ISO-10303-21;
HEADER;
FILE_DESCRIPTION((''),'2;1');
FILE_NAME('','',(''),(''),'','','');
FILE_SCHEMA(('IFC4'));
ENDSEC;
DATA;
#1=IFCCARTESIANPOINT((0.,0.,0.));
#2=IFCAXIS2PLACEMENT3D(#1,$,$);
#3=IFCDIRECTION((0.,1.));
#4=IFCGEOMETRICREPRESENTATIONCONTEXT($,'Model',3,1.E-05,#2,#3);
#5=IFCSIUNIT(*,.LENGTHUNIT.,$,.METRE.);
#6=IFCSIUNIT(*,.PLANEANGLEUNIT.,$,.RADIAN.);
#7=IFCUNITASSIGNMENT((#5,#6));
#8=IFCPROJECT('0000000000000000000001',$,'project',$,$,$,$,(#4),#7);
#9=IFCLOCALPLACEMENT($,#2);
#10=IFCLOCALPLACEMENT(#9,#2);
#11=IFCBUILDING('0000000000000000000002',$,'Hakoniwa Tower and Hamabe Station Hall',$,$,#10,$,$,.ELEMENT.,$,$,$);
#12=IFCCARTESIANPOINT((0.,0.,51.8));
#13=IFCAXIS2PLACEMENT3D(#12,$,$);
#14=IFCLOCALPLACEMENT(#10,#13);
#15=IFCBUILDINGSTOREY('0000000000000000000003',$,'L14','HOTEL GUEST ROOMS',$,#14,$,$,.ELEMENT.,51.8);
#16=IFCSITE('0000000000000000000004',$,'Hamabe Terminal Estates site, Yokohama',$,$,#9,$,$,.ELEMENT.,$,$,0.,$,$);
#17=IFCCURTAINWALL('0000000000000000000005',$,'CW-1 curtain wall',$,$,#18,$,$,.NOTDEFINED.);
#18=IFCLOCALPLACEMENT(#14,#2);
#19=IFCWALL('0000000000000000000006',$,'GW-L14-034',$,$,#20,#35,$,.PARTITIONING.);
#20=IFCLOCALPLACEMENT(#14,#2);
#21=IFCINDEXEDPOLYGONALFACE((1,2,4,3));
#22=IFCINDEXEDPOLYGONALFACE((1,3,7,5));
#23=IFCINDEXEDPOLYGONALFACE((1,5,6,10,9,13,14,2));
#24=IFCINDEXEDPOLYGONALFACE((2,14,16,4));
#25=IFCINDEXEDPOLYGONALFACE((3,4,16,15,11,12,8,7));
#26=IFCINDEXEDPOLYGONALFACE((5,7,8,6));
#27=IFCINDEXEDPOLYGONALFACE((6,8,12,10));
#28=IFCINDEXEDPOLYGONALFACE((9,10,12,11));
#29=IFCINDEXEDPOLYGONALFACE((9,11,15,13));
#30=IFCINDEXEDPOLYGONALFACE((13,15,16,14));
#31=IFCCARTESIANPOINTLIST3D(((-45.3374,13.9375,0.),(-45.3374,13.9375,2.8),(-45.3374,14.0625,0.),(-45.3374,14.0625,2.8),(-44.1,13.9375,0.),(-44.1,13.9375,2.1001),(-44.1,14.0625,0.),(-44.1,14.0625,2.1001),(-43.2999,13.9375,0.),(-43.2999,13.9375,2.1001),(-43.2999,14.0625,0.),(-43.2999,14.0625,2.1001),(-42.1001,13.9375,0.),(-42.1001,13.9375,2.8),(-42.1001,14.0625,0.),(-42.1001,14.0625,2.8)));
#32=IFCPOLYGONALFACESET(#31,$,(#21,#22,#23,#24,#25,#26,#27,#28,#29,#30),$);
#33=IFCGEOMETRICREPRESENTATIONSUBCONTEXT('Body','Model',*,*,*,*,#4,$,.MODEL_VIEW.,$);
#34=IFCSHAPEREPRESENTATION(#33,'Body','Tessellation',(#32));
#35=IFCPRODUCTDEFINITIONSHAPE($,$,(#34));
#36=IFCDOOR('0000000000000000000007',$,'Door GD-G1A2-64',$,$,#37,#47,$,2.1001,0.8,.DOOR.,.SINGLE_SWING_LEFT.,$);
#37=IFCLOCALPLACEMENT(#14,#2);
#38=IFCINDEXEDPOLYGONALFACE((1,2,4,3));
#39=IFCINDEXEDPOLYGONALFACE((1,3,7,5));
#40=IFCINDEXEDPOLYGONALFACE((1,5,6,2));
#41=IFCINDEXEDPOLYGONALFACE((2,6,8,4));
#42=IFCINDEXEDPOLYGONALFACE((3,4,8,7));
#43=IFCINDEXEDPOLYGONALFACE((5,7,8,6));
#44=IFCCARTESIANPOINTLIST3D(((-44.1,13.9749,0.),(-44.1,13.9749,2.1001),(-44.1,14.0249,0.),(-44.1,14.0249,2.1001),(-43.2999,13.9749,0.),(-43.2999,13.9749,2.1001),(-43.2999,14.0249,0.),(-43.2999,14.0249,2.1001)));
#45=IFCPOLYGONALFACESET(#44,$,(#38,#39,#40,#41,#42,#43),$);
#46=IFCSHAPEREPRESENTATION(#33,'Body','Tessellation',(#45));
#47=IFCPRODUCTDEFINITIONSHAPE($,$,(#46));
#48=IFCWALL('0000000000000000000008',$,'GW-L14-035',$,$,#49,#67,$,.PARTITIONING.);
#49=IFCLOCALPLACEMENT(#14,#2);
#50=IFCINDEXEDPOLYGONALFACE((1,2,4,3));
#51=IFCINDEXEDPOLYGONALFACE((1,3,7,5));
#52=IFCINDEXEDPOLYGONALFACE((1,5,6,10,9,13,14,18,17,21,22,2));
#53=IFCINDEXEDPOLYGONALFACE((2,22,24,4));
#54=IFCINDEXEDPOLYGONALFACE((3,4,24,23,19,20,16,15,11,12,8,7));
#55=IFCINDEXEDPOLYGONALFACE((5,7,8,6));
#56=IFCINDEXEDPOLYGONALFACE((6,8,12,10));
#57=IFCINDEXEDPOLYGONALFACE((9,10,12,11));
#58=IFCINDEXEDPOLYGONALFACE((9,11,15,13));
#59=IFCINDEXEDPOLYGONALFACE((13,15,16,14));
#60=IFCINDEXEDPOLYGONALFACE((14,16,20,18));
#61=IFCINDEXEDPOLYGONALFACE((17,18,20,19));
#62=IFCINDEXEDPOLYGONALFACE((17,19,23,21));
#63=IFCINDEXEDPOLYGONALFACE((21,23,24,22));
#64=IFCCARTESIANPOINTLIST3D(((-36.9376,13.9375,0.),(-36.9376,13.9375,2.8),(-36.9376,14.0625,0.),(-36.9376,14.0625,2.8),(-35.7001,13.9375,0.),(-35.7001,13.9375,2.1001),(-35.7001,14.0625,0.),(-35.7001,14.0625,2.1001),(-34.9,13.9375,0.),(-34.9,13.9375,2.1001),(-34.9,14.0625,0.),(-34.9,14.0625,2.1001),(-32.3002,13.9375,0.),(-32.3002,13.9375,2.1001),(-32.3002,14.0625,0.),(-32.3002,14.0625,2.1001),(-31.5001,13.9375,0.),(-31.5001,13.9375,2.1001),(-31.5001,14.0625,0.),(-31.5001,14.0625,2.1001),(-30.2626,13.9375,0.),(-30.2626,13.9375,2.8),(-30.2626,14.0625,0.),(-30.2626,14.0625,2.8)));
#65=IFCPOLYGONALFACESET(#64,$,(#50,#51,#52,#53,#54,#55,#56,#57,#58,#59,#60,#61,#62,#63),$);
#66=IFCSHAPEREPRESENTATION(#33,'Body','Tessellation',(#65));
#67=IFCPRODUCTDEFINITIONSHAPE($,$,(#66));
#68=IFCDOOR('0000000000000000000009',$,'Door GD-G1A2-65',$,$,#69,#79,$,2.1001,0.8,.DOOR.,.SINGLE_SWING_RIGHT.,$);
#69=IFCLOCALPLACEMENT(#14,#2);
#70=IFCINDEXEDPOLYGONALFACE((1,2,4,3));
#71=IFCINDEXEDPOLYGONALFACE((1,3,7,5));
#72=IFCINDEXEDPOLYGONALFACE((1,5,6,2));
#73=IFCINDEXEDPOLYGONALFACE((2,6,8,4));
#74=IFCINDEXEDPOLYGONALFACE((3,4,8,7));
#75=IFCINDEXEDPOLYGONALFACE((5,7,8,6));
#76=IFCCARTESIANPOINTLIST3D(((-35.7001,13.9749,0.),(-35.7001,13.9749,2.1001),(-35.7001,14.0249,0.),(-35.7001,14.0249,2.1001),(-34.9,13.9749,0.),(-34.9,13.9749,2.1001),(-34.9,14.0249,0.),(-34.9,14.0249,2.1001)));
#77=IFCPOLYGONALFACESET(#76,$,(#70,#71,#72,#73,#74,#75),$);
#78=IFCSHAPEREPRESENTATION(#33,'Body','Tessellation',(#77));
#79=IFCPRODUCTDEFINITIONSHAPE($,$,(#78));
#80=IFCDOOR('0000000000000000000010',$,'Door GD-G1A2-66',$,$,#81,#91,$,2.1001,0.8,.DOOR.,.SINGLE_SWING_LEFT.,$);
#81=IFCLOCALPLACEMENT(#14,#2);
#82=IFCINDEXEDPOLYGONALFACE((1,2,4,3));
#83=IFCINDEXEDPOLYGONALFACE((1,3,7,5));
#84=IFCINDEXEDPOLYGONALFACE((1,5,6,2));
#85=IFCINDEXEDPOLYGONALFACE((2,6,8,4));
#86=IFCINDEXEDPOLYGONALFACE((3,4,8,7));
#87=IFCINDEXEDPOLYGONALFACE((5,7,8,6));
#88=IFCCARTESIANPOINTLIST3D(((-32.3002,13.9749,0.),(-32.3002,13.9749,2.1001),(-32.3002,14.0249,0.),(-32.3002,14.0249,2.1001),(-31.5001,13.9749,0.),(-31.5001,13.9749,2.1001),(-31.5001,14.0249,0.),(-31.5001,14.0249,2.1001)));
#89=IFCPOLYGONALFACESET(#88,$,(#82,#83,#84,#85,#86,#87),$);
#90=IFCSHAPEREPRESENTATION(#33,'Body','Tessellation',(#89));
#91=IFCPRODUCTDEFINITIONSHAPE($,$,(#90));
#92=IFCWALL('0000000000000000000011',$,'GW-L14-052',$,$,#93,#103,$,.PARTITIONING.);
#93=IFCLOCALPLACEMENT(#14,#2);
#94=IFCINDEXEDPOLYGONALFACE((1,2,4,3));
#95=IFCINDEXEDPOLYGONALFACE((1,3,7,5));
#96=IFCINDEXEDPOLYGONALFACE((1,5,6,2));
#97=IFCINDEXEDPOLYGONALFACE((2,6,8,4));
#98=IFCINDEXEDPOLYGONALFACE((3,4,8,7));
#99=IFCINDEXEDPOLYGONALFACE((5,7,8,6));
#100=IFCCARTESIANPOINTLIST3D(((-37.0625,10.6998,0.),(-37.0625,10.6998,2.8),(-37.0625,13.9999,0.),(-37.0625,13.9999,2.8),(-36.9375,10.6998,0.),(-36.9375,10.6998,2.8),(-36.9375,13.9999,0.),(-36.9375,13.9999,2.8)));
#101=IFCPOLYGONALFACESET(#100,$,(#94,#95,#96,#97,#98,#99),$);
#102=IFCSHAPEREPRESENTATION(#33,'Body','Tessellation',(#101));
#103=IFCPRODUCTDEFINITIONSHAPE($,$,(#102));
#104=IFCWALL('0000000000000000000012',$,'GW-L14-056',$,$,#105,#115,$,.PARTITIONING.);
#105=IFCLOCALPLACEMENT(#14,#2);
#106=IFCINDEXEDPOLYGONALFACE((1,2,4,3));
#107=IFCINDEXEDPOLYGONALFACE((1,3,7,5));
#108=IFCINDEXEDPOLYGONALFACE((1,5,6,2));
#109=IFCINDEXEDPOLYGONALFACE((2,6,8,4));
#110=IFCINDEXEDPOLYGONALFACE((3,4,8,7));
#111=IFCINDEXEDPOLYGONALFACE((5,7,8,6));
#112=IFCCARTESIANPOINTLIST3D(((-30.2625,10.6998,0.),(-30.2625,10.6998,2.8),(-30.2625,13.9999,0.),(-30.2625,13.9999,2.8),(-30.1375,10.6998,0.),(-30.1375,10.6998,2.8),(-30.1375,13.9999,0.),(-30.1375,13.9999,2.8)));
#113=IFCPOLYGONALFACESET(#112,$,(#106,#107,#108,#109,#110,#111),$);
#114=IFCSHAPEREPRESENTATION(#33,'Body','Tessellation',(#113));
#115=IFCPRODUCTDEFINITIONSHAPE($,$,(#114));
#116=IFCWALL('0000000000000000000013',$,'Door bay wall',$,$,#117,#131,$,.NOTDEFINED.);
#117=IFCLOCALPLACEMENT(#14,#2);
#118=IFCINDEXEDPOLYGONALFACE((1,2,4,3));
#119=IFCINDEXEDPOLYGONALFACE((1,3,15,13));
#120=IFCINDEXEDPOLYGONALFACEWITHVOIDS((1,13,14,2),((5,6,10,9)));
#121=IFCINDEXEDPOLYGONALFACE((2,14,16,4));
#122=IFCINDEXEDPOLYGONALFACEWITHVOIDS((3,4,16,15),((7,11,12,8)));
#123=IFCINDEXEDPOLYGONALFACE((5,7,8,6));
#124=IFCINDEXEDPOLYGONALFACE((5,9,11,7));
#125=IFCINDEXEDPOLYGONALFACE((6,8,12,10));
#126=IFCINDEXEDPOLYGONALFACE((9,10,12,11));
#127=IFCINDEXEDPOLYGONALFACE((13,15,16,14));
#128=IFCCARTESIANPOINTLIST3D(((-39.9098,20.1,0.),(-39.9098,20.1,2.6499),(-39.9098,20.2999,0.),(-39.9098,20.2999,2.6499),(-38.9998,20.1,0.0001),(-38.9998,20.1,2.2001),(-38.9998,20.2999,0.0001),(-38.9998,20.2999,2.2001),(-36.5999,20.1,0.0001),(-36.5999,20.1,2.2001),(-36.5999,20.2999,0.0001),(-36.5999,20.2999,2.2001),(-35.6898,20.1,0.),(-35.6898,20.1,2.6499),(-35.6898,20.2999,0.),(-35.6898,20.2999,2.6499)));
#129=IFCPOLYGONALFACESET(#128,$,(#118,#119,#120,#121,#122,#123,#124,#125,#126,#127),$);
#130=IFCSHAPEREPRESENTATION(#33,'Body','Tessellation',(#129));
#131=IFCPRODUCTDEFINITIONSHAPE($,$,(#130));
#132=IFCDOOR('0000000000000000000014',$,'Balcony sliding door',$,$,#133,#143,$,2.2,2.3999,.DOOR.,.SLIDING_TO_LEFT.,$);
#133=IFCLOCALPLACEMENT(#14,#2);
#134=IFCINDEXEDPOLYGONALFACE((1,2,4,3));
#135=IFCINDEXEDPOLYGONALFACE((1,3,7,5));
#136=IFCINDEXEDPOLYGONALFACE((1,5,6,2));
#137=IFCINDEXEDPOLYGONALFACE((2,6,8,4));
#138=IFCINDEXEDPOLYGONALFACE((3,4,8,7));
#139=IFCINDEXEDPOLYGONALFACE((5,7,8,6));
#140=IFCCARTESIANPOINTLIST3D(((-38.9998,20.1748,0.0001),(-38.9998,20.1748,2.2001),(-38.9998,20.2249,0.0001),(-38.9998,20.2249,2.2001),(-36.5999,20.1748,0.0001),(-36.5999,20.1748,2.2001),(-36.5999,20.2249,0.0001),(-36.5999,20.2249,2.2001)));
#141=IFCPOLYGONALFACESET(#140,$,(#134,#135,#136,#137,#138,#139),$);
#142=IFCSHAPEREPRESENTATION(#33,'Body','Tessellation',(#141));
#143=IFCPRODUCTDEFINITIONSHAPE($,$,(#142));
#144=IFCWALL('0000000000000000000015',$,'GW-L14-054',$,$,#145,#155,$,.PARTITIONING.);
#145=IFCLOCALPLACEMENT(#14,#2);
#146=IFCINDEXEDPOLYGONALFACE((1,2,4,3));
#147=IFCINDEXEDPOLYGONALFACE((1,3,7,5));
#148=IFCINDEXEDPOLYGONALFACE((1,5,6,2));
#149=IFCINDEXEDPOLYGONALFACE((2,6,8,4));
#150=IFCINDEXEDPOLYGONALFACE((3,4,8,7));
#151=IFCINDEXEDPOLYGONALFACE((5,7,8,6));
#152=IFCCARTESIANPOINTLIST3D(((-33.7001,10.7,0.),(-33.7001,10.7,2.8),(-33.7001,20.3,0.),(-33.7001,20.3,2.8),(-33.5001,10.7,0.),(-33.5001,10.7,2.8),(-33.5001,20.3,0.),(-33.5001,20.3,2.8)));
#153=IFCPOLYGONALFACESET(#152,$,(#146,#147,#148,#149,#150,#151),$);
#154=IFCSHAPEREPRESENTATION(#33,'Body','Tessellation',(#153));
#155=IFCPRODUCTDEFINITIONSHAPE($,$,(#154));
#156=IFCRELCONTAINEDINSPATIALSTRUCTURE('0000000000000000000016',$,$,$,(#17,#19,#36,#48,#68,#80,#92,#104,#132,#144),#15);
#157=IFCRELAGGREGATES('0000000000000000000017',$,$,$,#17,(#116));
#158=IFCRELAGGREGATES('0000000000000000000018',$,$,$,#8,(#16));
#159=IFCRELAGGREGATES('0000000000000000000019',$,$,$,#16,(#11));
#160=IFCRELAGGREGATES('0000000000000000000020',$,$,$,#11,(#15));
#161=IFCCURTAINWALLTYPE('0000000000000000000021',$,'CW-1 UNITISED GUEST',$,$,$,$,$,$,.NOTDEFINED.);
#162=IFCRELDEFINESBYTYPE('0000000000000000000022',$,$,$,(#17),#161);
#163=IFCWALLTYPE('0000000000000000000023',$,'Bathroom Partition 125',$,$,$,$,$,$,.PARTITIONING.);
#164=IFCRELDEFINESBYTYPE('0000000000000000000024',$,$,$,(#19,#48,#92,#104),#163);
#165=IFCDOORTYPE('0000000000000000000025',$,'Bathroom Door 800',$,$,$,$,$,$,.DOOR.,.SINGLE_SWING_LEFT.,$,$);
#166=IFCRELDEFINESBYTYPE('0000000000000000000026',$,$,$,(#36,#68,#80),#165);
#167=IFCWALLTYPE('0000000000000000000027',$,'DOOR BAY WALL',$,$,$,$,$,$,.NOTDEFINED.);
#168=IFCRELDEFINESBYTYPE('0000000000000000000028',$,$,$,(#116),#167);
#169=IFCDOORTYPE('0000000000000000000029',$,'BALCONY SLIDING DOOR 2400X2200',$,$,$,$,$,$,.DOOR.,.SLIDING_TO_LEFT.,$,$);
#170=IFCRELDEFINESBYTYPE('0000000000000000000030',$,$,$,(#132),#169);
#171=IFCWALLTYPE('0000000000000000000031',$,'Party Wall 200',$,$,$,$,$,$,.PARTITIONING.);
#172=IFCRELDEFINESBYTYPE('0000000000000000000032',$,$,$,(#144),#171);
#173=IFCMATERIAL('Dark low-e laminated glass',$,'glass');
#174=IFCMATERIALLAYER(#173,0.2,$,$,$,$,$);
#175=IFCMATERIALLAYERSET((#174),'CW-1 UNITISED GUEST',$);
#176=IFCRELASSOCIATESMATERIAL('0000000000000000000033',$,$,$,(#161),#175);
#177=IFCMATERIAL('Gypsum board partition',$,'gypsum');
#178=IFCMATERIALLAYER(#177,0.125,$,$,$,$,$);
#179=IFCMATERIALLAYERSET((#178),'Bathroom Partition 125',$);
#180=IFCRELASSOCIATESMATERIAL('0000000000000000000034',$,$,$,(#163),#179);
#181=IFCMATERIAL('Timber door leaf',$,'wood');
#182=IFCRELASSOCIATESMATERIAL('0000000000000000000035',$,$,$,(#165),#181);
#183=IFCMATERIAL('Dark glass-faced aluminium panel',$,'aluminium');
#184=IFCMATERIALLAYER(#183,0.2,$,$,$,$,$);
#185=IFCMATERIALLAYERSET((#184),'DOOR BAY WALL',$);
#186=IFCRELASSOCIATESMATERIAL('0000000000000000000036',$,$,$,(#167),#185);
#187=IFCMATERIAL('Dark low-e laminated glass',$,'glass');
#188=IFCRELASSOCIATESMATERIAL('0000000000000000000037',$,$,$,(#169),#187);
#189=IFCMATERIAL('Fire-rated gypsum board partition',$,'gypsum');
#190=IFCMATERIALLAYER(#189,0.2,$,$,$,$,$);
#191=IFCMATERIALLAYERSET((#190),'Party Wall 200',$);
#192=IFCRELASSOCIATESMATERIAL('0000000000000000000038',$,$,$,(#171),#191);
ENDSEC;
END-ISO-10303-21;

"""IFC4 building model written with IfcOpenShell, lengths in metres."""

from ifc_helpers import new_model, si_unit, direction, frame, frame_2d, origin, place, context, subcontext, project, spatial, rectangle, extrude, material, layer, layer_set, type_object, element, fill, aggregate, save


model = new_model("IFC4")

# Units and contexts
model_context = context("Model", 3, precision=1e-05, world=origin(), true_north=direction((0.0, 1.0)))
body_context = subcontext(model_context, "Body", "Model", "MODEL_VIEW")
ifc_project = project(units=[si_unit("LENGTHUNIT", "METRE"), si_unit("PLANEANGLEUNIT", "RADIAN")], contexts=[model_context])

# Site, building, storey
site_placement = place(None, origin())
site = spatial("IfcSite", under=ifc_project, at=site_placement, Name="Hamabe Terminal Estates site, Yokohama", CompositionType="ELEMENT", RefElevation=0.0)
building_placement = place(site_placement, origin())
building = spatial("IfcBuilding", under=site, at=building_placement, Name="Hakoniwa Tower and Hamabe Station Hall", CompositionType="ELEMENT")
storey_placement = place(building_placement, frame((0.0, 0.0, 51.8)))
storey = spatial("IfcBuildingStorey", under=building, at=storey_placement, Name="L14", Description="HOTEL GUEST ROOMS", CompositionType="ELEMENT", Elevation=51.8)

# Curtain wall
ifc_material_1 = material(Name="Dark low-e laminated glass", Category="glass")
ifc_layer_1 = layer(ifc_material_1, 0.2)
ifc_layer_set_1 = layer_set([ifc_layer_1], Name="CW-1 UNITISED GUEST")
curtain_wall_type = type_object("IfcCurtainWallType", Name="CW-1 UNITISED GUEST", PredefinedType="NOTDEFINED", material=ifc_layer_set_1)
curtain_wall_1_placement = place(storey_placement, origin())
curtain_wall_1 = element("IfcCurtainWall", 1, at=curtain_wall_1_placement, inside=storey, type_object=curtain_wall_type, Name="CW-1 curtain wall", PredefinedType="NOTDEFINED")

# Wall, opening, door
ifc_material_2 = material(Name="Gypsum board partition", Category="gypsum")
ifc_layer_2 = layer(ifc_material_2, 0.125)
ifc_layer_set_2 = layer_set([ifc_layer_2], Name="Bathroom Partition 125")
wall_type_1 = type_object("IfcWallType", Name="Bathroom Partition 125", PredefinedType="PARTITIONING", material=ifc_layer_set_2)
wall_1_placement = place(storey_placement, frame((-45.3374, 14.0, 0.0), z_axis=(0.0, 0.0, 1.0), x_axis=(1.0, 0.0, 0.0)))
wall_1 = element("IfcWall", 2, at=wall_1_placement, inside=storey, type_object=wall_type_1, Name="GW-L14-034", PredefinedType="PARTITIONING", context=body_context, shape_type="SweptSolid", body=[
    extrude(rectangle(XDim=3.2373, YDim=0.125, at=frame_2d((1.6187, 0.0))), origin(), (0.0, 0.0, 1.0), 2.8),
])
opening_1_placement = place(wall_1_placement, frame((1.2375, 0.0, 0.0)))
opening_1 = element("IfcOpeningElement", 3, at=opening_1_placement, cuts=wall_1, PredefinedType="OPENING", context=body_context, shape_type="SweptSolid", body=[
    extrude(rectangle(XDim=0.8, YDim=2.1001, at=frame_2d((0.3999, 1.05))), frame((0.0, 0.0725, 0.0), z_axis=(0.0, -1.0, 0.0), x_axis=(1.0, 0.0, 0.0)), (0.0, 0.0, 1.0), 0.145),
])
ifc_material_3 = material(Name="Timber door leaf", Category="wood")
door_type_1 = type_object("IfcDoorType", Name="Bathroom Door 800", OperationType="SINGLE_SWING_LEFT", PredefinedType="DOOR", material=ifc_material_3)
door_1_placement = place(opening_1_placement, origin())
door_1 = element("IfcDoor", 4, at=door_1_placement, inside=storey, type_object=door_type_1, Name="Door GD-G1A2-64", OperationType="SINGLE_SWING_LEFT", OverallHeight=2.1001, OverallWidth=0.8, PredefinedType="DOOR", context=body_context, shape_type="SweptSolid", body=[
    extrude(rectangle(XDim=0.8, YDim=2.1001, at=frame_2d((0.3999, 1.05))), frame((0.0, 0.0249, 0.0), z_axis=(0.0, -1.0, 0.0), x_axis=(1.0, 0.0, 0.0)), (0.0, 0.0, 1.0), 0.05),
])
fill(opening_1, door_1)

# Wall, openings, doors
wall_2_placement = place(storey_placement, frame((-36.9375, 14.0, 0.0), z_axis=(0.0, 0.0, 1.0), x_axis=(1.0, 0.0, 0.0)))
wall_2 = element("IfcWall", 5, at=wall_2_placement, inside=storey, type_object=wall_type_1, Name="GW-L14-035", PredefinedType="PARTITIONING", context=body_context, shape_type="SweptSolid", body=[
    extrude(rectangle(XDim=6.675, YDim=0.125, at=frame_2d((3.3374, 0.0))), origin(), (0.0, 0.0, 1.0), 2.8),
])
opening_2_placement = place(wall_2_placement, frame((1.2375, 0.0, 0.0)))
opening_2 = element("IfcOpeningElement", 6, at=opening_2_placement, cuts=wall_2, PredefinedType="OPENING", context=body_context, shape_type="SweptSolid", body=[
    extrude(rectangle(XDim=0.8, YDim=2.1001, at=frame_2d((0.3999, 1.05))), frame((0.0, 0.0725, 0.0), z_axis=(0.0, -1.0, 0.0), x_axis=(1.0, 0.0, 0.0)), (0.0, 0.0, 1.0), 0.145),
])
opening_3_placement = place(wall_2_placement, frame((4.6375, 0.0, 0.0)))
opening_3 = element("IfcOpeningElement", 7, at=opening_3_placement, cuts=wall_2, PredefinedType="OPENING", context=body_context, shape_type="SweptSolid", body=[
    extrude(rectangle(XDim=0.8, YDim=2.1001, at=frame_2d((0.3999, 1.05))), frame((0.0, 0.0725, 0.0), z_axis=(0.0, -1.0, 0.0), x_axis=(1.0, 0.0, 0.0)), (0.0, 0.0, 1.0), 0.145),
])
door_2_placement = place(opening_2_placement, origin())
door_2 = element("IfcDoor", 8, at=door_2_placement, inside=storey, type_object=door_type_1, Name="Door GD-G1A2-65", OperationType="SINGLE_SWING_RIGHT", OverallHeight=2.1001, OverallWidth=0.8, PredefinedType="DOOR", context=body_context, shape_type="SweptSolid", body=[
    extrude(rectangle(XDim=0.8, YDim=2.1001, at=frame_2d((0.3999, 1.05))), frame((0.0, 0.0249, 0.0), z_axis=(0.0, -1.0, 0.0), x_axis=(1.0, 0.0, 0.0)), (0.0, 0.0, 1.0), 0.05),
])
fill(opening_2, door_2)
door_3_placement = place(opening_3_placement, origin())
door_3 = element("IfcDoor", 9, at=door_3_placement, inside=storey, type_object=door_type_1, Name="Door GD-G1A2-66", OperationType="SINGLE_SWING_LEFT", OverallHeight=2.1001, OverallWidth=0.8, PredefinedType="DOOR", context=body_context, shape_type="SweptSolid", body=[
    extrude(rectangle(XDim=0.8, YDim=2.1001, at=frame_2d((0.3999, 1.05))), frame((0.0, 0.0249, 0.0), z_axis=(0.0, -1.0, 0.0), x_axis=(1.0, 0.0, 0.0)), (0.0, 0.0, 1.0), 0.05),
])
fill(opening_3, door_3)

# Walls
for number, where, z_axis, x_axis, name in (
    (10, (-37.0, 10.7, 0.0), (0.0, 0.0, 1.0), (0.0, 1.0, 0.0), "GW-L14-052"),
    (11, (-30.2, 10.7, 0.0), (0.0, 0.0, 1.0), (0.0, 1.0, 0.0), "GW-L14-056"),
):
    element("IfcWall", number, at=place(storey_placement, frame(where, z_axis=z_axis, x_axis=x_axis)), inside=storey, type_object=wall_type_1, Name=name, PredefinedType="PARTITIONING", context=body_context, shape_type="SweptSolid", body=[
        extrude(rectangle(XDim=3.3, YDim=0.125, at=frame_2d((1.6499, 0.0))), origin(), (0.0, 0.0, 1.0), 2.8),
    ])

# Wall, opening, door
ifc_material_4 = material(Name="Dark glass-faced aluminium panel", Category="aluminium")
ifc_layer_3 = layer(ifc_material_4, 0.2)
ifc_layer_set_3 = layer_set([ifc_layer_3], Name="DOOR BAY WALL")
wall_type_2 = type_object("IfcWallType", Name="DOOR BAY WALL", PredefinedType="NOTDEFINED", material=ifc_layer_set_3)
wall_3_placement = place(storey_placement, frame((-35.6899, 20.2, 0.0), z_axis=(0.0, 0.0, 1.0), x_axis=(-1.0, 0.0, 0.0)))
wall_3 = element("IfcWall", 12, at=wall_3_placement, type_object=wall_type_2, Name="Door bay wall", PredefinedType="NOTDEFINED", context=body_context, shape_type="SweptSolid", body=[
    extrude(rectangle(XDim=4.22, YDim=0.2, at=frame_2d((2.1099, 0.0))), origin(), (0.0, 0.0, 1.0), 2.6499),
])
opening_4_placement = place(wall_3_placement, frame((0.9099, 0.0, 0.0)))
opening_4 = element("IfcOpeningElement", 13, at=opening_4_placement, cuts=wall_3, PredefinedType="OPENING", context=body_context, shape_type="SweptSolid", body=[
    extrude(rectangle(XDim=2.3999, YDim=2.2, at=frame_2d((1.2, 1.1001))), frame((0.0, 0.1099, 0.0), z_axis=(0.0, -1.0, 0.0), x_axis=(1.0, 0.0, 0.0)), (0.0, 0.0, 1.0), 0.22),
])
ifc_material_5 = material(Name="Dark low-e laminated glass", Category="glass")
door_type_2 = type_object("IfcDoorType", Name="BALCONY SLIDING DOOR 2400X2200", OperationType="SLIDING_TO_LEFT", PredefinedType="DOOR", material=ifc_material_5)
door_4_placement = place(opening_4_placement, frame((2.3999, 0.0, 0.0), z_axis=(0.0, 0.0, 1.0), x_axis=(-1.0, 0.0, 0.0)))
door_4 = element("IfcDoor", 14, at=door_4_placement, inside=storey, type_object=door_type_2, Name="Balcony sliding door", OperationType="SLIDING_TO_LEFT", OverallHeight=2.2, OverallWidth=2.3999, PredefinedType="DOOR", context=body_context, shape_type="SweptSolid", body=[
    extrude(rectangle(XDim=2.3999, YDim=2.2, at=frame_2d((1.2, 1.1001))), frame((0.0, 0.0249, 0.0), z_axis=(0.0, -1.0, 0.0), x_axis=(1.0, 0.0, 0.0)), (0.0, 0.0, 1.0), 0.05),
])
fill(opening_4, door_4)
aggregate(curtain_wall_1, [wall_3])

# Wall
ifc_material_6 = material(Name="Fire-rated gypsum board partition", Category="gypsum")
ifc_layer_4 = layer(ifc_material_6, 0.2)
ifc_layer_set_4 = layer_set([ifc_layer_4], Name="Party Wall 200")
wall_type_3 = type_object("IfcWallType", Name="Party Wall 200", PredefinedType="PARTITIONING", material=ifc_layer_set_4)
wall_4_placement = place(storey_placement, frame((-33.6001, 10.7, 0.0), z_axis=(0.0, 0.0, 1.0), x_axis=(0.0, 1.0, 0.0)))
element("IfcWall", 15, at=wall_4_placement, inside=storey, type_object=wall_type_3, Name="GW-L14-054", PredefinedType="PARTITIONING", context=body_context, shape_type="SweptSolid", body=[
    extrude(rectangle(XDim=9.6001, YDim=0.2, at=frame_2d((4.8, 0.0))), origin(), (0.0, 0.0, 1.0), 2.8),
])

save(model, "model.ifc")
